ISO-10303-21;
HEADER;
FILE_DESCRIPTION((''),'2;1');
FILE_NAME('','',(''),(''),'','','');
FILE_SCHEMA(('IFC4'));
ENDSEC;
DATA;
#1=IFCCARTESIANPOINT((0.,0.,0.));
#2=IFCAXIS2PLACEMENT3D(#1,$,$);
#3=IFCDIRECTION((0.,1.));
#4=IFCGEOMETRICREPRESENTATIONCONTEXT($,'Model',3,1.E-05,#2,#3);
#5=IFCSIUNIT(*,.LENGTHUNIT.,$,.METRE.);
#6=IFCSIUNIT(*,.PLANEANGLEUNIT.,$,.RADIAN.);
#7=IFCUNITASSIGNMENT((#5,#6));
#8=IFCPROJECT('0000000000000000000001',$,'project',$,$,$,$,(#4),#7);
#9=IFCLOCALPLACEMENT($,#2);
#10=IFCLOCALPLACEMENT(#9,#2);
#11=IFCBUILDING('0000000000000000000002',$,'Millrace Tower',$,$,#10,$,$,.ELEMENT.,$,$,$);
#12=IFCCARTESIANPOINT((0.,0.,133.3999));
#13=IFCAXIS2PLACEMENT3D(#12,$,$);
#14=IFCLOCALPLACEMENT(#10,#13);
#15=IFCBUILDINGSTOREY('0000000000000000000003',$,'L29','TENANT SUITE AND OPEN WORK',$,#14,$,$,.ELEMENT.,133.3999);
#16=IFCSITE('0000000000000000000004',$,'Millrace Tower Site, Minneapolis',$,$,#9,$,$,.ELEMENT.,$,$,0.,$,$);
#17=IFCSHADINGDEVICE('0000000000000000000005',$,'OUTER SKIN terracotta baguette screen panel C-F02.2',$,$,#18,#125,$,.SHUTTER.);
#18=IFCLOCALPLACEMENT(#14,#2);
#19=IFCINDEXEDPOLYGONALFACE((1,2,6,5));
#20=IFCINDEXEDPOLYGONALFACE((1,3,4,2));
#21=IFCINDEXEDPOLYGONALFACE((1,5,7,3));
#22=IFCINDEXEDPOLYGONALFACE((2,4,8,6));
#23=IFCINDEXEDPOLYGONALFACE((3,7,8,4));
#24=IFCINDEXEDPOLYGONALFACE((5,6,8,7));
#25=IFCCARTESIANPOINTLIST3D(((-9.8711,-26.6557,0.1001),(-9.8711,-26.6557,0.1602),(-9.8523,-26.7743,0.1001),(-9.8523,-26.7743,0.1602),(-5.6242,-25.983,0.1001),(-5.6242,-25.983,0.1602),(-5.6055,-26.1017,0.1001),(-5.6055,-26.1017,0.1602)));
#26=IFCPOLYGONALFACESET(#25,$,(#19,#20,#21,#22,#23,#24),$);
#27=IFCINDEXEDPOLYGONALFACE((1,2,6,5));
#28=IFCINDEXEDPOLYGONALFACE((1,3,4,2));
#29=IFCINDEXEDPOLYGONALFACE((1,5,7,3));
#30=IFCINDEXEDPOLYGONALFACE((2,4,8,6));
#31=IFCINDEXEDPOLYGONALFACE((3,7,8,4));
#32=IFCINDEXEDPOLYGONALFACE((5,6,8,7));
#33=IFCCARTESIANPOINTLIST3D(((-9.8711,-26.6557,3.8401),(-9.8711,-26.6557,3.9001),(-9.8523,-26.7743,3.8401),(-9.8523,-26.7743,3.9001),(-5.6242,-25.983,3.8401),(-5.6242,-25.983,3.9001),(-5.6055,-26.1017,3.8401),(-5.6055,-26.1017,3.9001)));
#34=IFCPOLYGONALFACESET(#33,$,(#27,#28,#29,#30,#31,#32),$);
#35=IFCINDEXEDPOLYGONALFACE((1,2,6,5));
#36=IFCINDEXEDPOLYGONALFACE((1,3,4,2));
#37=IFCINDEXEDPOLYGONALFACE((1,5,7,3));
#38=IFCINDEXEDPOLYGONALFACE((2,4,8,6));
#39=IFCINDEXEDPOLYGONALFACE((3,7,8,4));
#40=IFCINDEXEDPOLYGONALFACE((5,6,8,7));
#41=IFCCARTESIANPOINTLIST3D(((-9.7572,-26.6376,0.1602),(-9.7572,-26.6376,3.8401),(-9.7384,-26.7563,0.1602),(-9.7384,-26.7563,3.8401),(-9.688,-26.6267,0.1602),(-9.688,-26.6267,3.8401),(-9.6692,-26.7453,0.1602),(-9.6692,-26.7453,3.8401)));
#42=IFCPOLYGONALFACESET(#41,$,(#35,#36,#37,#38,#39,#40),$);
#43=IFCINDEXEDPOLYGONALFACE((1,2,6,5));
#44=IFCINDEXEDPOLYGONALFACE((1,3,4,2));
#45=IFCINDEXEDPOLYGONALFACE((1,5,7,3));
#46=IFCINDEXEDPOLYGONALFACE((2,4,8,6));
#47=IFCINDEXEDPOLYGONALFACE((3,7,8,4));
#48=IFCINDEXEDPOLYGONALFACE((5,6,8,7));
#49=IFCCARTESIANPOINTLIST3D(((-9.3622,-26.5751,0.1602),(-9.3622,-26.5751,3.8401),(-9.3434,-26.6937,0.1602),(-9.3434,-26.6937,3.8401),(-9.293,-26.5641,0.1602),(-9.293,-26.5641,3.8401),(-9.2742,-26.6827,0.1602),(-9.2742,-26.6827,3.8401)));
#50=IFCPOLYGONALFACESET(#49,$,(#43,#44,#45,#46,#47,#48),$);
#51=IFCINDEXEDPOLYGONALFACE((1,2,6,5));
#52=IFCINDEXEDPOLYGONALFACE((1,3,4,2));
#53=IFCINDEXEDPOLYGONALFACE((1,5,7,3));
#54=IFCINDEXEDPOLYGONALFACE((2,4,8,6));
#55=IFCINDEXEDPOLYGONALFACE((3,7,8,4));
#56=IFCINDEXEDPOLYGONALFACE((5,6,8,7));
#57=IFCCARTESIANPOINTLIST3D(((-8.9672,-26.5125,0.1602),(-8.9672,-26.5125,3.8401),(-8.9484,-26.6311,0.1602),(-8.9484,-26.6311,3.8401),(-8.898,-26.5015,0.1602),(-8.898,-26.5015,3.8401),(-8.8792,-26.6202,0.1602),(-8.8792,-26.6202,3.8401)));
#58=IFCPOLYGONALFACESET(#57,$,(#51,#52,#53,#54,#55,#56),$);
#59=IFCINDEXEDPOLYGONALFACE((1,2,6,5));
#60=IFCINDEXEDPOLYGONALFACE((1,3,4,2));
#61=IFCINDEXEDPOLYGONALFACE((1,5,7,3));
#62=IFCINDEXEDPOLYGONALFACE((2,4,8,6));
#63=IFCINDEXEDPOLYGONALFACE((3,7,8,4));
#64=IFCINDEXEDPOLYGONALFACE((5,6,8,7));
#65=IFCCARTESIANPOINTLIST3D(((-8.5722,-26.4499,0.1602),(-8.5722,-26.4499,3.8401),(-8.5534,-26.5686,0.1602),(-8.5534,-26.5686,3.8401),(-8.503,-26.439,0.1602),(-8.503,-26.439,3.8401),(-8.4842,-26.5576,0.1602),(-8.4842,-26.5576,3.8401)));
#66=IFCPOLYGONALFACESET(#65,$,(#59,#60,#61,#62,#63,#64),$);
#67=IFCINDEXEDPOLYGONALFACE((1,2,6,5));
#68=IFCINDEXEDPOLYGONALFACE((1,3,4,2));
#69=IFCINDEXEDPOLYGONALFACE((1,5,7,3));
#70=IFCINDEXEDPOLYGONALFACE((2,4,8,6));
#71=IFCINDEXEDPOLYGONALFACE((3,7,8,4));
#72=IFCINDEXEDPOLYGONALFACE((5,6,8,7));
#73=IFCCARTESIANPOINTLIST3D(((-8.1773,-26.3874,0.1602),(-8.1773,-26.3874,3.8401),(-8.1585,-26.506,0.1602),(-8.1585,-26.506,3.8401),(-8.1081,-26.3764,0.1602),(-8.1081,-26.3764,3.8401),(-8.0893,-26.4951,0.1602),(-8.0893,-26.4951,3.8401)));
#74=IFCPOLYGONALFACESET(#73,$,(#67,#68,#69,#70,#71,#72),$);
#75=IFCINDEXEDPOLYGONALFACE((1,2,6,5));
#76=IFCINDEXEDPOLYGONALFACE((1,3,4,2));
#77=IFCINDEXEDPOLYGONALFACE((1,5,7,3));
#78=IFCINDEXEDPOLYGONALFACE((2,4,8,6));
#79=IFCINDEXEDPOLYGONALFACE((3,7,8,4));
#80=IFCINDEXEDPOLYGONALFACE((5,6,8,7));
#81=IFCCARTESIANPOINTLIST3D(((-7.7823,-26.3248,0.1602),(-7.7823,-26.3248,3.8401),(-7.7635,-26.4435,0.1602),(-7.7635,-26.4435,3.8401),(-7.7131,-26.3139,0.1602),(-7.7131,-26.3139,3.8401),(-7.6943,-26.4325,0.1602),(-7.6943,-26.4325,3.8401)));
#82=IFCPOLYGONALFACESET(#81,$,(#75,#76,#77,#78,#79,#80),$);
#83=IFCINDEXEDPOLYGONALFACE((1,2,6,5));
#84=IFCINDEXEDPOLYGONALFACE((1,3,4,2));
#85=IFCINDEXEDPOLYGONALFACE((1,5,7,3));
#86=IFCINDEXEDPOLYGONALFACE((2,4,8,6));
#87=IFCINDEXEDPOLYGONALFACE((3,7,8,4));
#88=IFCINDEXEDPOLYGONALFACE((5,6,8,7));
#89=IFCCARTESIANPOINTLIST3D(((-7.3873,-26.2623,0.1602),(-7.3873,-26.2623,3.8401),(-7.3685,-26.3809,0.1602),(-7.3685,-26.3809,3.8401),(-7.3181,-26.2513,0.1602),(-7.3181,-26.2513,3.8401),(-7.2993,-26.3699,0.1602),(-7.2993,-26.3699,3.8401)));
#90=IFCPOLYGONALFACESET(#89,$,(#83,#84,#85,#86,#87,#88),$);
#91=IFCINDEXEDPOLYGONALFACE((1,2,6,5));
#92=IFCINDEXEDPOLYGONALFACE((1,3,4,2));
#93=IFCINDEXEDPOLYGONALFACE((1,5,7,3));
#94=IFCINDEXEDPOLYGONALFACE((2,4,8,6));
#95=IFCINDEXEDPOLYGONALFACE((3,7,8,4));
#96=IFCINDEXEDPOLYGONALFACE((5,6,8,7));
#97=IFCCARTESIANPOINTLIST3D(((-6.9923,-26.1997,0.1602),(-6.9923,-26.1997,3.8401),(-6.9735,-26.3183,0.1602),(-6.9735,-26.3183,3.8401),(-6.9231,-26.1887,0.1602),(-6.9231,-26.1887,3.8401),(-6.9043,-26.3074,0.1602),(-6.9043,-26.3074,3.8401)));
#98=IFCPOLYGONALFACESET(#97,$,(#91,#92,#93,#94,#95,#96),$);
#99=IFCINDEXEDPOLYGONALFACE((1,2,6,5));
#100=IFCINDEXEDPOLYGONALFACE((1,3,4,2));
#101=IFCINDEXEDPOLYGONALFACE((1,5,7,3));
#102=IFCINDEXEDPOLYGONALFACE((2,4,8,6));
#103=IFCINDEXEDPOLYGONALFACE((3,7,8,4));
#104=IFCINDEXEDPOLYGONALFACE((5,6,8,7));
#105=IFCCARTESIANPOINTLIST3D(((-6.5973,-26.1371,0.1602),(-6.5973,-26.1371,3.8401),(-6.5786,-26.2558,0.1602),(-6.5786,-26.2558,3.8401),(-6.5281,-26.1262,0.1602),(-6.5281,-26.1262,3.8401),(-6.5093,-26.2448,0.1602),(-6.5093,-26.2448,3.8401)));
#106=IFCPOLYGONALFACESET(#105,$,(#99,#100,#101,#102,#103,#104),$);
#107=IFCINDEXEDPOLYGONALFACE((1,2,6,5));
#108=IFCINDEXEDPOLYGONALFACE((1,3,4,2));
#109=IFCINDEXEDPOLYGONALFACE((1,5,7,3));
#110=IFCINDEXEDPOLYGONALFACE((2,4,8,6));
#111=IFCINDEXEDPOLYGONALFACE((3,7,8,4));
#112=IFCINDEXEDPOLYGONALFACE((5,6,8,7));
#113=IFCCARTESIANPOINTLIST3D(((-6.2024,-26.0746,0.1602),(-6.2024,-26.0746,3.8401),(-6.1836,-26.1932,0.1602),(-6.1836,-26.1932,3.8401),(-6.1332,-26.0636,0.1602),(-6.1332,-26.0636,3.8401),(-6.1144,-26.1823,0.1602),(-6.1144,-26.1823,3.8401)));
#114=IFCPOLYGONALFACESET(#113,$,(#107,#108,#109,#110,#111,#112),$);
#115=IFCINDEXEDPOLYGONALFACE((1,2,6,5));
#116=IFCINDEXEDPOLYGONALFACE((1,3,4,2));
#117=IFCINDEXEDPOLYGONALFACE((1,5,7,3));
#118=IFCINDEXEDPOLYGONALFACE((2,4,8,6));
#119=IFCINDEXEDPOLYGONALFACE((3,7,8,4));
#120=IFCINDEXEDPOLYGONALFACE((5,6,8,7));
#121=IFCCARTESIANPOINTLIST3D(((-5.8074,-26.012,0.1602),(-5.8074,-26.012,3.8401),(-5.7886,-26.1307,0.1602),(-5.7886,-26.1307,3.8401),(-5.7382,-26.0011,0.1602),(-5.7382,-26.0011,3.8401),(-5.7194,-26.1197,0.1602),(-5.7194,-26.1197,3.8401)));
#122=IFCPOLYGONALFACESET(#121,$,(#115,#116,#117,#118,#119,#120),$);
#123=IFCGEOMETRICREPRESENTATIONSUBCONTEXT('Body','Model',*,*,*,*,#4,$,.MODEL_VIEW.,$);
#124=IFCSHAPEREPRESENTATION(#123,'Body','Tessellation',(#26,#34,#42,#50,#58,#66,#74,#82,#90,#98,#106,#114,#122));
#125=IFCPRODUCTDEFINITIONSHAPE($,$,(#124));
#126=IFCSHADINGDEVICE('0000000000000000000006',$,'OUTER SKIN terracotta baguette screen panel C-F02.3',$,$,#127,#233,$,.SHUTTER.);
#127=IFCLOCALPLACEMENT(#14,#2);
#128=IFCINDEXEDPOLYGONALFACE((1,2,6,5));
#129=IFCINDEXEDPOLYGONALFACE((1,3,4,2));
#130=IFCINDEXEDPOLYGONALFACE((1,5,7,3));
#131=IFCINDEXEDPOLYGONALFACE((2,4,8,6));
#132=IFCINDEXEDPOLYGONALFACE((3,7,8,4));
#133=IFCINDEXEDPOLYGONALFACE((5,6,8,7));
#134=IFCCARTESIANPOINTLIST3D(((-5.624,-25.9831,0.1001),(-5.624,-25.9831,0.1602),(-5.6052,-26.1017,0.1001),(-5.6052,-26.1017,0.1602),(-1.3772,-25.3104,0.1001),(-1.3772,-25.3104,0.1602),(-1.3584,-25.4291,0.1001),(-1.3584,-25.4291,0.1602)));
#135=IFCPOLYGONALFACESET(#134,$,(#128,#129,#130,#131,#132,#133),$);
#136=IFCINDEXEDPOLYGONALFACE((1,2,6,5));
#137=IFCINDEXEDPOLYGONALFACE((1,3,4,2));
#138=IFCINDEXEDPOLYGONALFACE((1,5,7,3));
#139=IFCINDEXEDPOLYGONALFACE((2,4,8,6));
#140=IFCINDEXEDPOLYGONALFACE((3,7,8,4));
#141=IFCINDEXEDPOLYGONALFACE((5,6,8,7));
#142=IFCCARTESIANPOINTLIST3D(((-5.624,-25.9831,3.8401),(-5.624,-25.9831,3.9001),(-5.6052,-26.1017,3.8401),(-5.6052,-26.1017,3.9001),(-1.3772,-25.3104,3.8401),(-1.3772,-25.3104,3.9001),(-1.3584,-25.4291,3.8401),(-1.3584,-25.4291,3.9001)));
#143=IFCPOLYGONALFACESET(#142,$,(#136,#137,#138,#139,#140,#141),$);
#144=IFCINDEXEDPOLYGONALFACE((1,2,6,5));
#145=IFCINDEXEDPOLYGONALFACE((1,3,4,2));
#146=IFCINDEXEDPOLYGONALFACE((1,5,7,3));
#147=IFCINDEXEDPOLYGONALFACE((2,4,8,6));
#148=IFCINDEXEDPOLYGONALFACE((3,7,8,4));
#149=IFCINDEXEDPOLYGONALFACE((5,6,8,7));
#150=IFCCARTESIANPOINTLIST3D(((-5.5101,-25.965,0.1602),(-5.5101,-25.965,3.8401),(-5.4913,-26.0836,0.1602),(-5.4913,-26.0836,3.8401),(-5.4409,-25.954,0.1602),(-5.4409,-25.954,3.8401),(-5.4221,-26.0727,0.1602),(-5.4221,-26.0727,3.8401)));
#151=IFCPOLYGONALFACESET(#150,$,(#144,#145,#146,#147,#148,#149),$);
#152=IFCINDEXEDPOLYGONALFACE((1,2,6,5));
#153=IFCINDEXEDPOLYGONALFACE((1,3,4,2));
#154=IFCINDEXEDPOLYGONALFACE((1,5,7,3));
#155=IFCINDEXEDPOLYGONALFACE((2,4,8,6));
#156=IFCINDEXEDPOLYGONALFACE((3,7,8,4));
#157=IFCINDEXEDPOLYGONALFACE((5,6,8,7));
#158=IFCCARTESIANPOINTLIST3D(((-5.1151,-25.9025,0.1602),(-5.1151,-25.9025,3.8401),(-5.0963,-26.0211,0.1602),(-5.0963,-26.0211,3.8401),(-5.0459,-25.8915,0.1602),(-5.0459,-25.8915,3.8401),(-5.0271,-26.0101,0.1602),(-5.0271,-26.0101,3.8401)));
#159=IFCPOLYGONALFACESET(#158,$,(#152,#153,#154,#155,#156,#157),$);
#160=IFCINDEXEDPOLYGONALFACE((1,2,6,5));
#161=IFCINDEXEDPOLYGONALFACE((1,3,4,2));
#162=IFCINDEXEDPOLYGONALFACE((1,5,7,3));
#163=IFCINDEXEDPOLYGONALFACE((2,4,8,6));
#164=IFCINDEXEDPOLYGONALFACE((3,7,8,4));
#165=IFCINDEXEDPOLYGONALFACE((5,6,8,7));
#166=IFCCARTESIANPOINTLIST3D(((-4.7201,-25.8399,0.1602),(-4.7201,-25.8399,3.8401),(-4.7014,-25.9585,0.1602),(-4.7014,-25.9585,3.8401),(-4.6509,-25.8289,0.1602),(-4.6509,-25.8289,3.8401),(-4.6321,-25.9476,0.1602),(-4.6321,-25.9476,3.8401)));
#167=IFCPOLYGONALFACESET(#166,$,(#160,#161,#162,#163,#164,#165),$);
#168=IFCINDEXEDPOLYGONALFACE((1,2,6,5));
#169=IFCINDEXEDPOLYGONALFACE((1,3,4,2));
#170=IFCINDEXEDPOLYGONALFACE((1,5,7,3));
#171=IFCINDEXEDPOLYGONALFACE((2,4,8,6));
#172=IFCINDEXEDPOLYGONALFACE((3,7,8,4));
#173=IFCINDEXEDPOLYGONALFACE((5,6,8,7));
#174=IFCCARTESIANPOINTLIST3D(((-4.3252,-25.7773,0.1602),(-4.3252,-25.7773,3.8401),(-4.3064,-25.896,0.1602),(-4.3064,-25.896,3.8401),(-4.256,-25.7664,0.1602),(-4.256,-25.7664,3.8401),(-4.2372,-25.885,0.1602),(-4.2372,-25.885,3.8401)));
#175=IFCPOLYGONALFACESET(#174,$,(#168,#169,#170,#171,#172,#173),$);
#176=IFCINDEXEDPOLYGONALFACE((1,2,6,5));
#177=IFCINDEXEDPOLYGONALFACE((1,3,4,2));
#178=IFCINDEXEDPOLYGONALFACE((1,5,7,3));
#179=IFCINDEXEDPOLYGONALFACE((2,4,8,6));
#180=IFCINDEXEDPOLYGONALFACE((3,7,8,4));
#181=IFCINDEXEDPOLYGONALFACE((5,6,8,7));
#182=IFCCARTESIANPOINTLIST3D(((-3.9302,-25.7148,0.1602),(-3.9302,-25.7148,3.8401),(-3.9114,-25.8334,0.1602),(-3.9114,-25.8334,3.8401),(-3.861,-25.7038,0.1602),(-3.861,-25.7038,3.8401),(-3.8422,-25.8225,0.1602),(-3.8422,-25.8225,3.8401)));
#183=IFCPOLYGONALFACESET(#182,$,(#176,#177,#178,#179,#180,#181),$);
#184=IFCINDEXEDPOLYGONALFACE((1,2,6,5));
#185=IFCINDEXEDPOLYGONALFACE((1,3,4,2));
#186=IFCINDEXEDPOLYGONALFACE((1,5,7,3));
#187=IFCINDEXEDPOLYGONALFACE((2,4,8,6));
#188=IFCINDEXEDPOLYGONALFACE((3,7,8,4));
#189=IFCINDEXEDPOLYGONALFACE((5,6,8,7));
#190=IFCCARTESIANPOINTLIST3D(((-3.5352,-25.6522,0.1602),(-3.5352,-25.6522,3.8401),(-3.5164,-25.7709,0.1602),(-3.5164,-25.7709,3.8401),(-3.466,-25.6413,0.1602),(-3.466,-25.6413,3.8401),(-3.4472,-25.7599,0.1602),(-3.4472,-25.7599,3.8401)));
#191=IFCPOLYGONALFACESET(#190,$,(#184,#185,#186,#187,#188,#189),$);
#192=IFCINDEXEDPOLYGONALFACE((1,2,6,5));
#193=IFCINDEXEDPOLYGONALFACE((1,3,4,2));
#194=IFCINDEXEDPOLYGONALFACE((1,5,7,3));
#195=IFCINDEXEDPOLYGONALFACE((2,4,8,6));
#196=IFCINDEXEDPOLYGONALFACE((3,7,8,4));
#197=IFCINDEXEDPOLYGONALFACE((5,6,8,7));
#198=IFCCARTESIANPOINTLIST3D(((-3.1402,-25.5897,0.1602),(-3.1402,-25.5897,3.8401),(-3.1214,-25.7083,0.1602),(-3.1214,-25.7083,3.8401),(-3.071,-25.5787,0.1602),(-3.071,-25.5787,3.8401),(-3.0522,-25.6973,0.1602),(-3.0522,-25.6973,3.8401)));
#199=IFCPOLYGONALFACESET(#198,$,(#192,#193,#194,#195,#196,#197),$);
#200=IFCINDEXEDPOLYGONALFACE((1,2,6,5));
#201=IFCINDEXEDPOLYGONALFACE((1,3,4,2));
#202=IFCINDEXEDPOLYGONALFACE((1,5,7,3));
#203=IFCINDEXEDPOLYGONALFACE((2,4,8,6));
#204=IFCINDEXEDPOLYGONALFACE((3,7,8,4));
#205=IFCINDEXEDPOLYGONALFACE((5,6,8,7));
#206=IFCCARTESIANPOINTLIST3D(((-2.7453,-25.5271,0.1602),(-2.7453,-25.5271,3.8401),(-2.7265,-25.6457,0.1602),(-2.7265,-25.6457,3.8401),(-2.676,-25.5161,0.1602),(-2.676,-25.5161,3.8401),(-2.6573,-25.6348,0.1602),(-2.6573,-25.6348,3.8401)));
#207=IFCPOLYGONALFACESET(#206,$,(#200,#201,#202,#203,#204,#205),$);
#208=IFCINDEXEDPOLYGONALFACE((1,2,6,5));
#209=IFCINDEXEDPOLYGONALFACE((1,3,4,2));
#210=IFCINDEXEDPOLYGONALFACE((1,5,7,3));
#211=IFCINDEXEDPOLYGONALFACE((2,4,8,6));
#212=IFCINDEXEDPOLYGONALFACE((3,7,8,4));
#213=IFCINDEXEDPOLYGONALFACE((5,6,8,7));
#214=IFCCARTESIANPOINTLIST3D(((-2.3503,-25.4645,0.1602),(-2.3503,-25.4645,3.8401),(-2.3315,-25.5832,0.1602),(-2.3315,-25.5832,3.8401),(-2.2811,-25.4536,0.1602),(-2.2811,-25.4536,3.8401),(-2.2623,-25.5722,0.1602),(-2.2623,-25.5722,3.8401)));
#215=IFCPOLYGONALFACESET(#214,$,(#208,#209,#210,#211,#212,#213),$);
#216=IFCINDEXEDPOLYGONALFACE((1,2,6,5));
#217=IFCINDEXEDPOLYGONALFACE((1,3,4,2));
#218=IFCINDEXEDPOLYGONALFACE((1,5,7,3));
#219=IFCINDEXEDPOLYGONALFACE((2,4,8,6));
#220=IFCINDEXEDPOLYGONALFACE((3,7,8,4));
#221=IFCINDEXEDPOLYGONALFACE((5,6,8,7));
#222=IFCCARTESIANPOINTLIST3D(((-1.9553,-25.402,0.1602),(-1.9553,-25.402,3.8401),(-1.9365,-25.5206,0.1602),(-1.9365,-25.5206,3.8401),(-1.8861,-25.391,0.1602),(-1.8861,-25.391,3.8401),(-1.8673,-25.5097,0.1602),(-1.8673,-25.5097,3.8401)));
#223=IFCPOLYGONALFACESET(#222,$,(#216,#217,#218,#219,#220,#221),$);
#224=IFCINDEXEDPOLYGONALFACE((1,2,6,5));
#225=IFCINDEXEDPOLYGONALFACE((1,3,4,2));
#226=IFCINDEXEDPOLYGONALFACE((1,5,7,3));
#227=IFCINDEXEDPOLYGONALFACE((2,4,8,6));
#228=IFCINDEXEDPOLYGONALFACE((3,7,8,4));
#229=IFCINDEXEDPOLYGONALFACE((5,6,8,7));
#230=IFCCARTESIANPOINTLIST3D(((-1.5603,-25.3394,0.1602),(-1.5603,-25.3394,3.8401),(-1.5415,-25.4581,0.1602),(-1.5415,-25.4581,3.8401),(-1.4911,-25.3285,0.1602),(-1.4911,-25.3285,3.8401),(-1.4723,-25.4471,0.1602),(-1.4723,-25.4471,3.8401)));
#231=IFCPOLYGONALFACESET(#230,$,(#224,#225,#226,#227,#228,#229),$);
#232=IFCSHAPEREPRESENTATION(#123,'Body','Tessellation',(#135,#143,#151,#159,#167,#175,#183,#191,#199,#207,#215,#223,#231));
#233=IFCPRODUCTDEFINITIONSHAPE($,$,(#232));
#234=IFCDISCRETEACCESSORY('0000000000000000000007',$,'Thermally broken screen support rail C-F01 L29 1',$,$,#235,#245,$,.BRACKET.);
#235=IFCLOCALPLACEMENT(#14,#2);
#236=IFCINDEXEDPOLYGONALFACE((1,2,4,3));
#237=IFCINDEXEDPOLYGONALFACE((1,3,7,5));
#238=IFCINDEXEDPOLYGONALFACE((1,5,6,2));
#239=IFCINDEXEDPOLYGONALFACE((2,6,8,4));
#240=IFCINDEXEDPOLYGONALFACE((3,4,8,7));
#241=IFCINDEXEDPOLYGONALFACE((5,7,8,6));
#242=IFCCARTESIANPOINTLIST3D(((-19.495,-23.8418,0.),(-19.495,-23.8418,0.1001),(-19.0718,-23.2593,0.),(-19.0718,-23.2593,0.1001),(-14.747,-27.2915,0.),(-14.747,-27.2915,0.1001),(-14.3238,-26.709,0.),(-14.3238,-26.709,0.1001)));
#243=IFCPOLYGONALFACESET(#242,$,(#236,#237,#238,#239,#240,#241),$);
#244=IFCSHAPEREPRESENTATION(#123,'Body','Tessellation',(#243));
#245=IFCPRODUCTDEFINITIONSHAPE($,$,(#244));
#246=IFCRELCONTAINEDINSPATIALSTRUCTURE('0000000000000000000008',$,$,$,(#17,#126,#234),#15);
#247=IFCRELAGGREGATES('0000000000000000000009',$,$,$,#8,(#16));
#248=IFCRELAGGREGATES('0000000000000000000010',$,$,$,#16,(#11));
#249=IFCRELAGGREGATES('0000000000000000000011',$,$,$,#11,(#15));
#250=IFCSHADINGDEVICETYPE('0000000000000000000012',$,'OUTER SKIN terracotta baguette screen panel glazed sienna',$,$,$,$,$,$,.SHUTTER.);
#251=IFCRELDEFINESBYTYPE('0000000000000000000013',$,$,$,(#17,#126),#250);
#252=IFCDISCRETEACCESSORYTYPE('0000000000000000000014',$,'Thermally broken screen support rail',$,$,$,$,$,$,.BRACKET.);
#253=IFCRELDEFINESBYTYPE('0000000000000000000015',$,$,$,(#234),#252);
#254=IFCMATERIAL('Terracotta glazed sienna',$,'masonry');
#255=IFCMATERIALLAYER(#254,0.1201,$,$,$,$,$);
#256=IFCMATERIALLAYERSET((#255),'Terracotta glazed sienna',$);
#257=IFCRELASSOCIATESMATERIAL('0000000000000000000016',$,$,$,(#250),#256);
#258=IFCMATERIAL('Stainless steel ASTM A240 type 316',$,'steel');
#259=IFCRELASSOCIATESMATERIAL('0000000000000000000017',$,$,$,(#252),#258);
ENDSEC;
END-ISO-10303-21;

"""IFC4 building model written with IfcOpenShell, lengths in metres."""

from ifc_helpers import new_model, entity, si_unit, direction, frame, frame_2d, origin, origin_2d, place, context, subcontext, project, spatial, rectangle, extrude, source, transform, mapped, material, layer, layer_set, type_object, element, save


model = new_model("IFC4")

# Units and contexts
model_context = context("Model", 3, precision=1e-05, world=origin(), true_north=direction((0.0, 1.0)))
body_context = subcontext(model_context, "Body", "Model", "MODEL_VIEW")
ifc_project = project(units=[si_unit("LENGTHUNIT", "METRE"), si_unit("PLANEANGLEUNIT", "RADIAN")], contexts=[model_context])

# Site, building, storey
site_placement = place(None, origin())
site = spatial("IfcSite", under=ifc_project, at=site_placement, Name="Millrace Tower Site, Minneapolis", CompositionType="ELEMENT", RefElevation=0.0)
building_placement = place(site_placement, origin())
building = spatial("IfcBuilding", under=site, at=building_placement, Name="Millrace Tower", CompositionType="ELEMENT")
storey_placement = place(building_placement, frame((0.0, 0.0, 133.3999)))
storey = spatial("IfcBuildingStorey", under=building, at=storey_placement, Name="L29", Description="TENANT SUITE AND OPEN WORK", CompositionType="ELEMENT", Elevation=133.3999)

# Shading devices
ifc_material_1 = material(Name="Terracotta glazed sienna", Category="masonry")
ifc_layer_1 = layer(ifc_material_1, 0.1201)
ifc_layer_set_1 = layer_set([ifc_layer_1], Name="Terracotta glazed sienna")
shading_device_type = type_object("IfcShadingDeviceType", Name="OUTER SKIN terracotta baguette screen panel glazed sienna", PredefinedType="SHUTTER", material=ifc_layer_set_1)
cartesian_point_1 = entity("IfcCartesianPoint", [-2.1499, 0.0601])
shared_polyline_1 = entity("IfcPolyline", [cartesian_point_1, entity("IfcCartesianPoint", [2.1499, 0.0601]), entity("IfcCartesianPoint", [2.1499, -0.0601]), entity("IfcCartesianPoint", [-2.1499, -0.0601]), cartesian_point_1])
shared_shape_1 = source(origin(), body_context, "Body", "SweptSolid", [
    entity("IfcExtrudedAreaSolid", entity("IfcArbitraryClosedProfileDef", "AREA", None, shared_polyline_1), entity("IfcAxis2Placement3D", entity("IfcCartesianPoint", [0.0, 0.0, 0.0])), entity("IfcDirection", [0.0, 0.0, 1.0]), 0.0601),
    entity("IfcExtrudedAreaSolid", entity("IfcArbitraryClosedProfileDef", "AREA", None, shared_polyline_1), entity("IfcAxis2Placement3D", entity("IfcCartesianPoint", [0.0, 0.0, 3.74])), entity("IfcDirection", [0.0, 0.0, 1.0]), 0.0601),
    extrude(rectangle(XDim=0.0701, YDim=0.1201, at=frame_2d((-1.9995, 0.0))), frame((0.0, 0.0, 0.0601)), (0.0, 0.0, 1.0), 3.6799),
    extrude(rectangle(XDim=0.0701, YDim=0.1201, at=frame_2d((-1.5996, 0.0))), frame((0.0, 0.0, 0.0601)), (0.0, 0.0, 1.0), 3.6799),
    extrude(rectangle(XDim=0.0701, YDim=0.1201, at=frame_2d((-1.1997, 0.0))), frame((0.0, 0.0, 0.0601)), (0.0, 0.0, 1.0), 3.6799),
    extrude(rectangle(XDim=0.0701, YDim=0.1201, at=frame_2d((-0.7998, 0.0))), frame((0.0, 0.0, 0.0601)), (0.0, 0.0, 1.0), 3.6799),
    extrude(rectangle(XDim=0.0701, YDim=0.1201, at=frame_2d((-0.3999, 0.0))), frame((0.0, 0.0, 0.0601)), (0.0, 0.0, 1.0), 3.6799),
    extrude(rectangle(XDim=0.0701, YDim=0.1201, at=origin_2d()), frame((0.0, 0.0, 0.0601)), (0.0, 0.0, 1.0), 3.6799),
    extrude(rectangle(XDim=0.0701, YDim=0.1201, at=frame_2d((0.3999, 0.0))), frame((0.0, 0.0, 0.0601)), (0.0, 0.0, 1.0), 3.6799),
    extrude(rectangle(XDim=0.0701, YDim=0.1201, at=frame_2d((0.7998, 0.0))), frame((0.0, 0.0, 0.0601)), (0.0, 0.0, 1.0), 3.6799),
    extrude(rectangle(XDim=0.0701, YDim=0.1201, at=frame_2d((1.1997, 0.0))), frame((0.0, 0.0, 0.0601)), (0.0, 0.0, 1.0), 3.6799),
    extrude(rectangle(XDim=0.0701, YDim=0.1201, at=frame_2d((1.5996, 0.0))), frame((0.0, 0.0, 0.0601)), (0.0, 0.0, 1.0), 3.6799),
    extrude(rectangle(XDim=0.0701, YDim=0.1201, at=frame_2d((1.9995, 0.0))), frame((0.0, 0.0, 0.0601)), (0.0, 0.0, 1.0), 3.6799),
])
for number, where, z_axis, x_axis, name in (
    (1, (-7.7383, -26.3787, 0.1001), (0.0, 0.0, 1.0), (0.987688, 0.156434, 0.0), "OUTER SKIN terracotta baguette screen panel C-F02.2"),
    (2, (-3.4912, -25.7061, 0.1001), (0.0, 0.0, 1.0), (0.987688, 0.156434, 0.0), "OUTER SKIN terracotta baguette screen panel C-F02.3"),
):
    element("IfcShadingDevice", number, at=place(storey_placement, frame(where, z_axis=z_axis, x_axis=x_axis)), inside=storey, type_object=shading_device_type, Name=name, PredefinedType="SHUTTER", context=body_context, shape_type="MappedRepresentation", body=[
        mapped(shared_shape_1, transform((0.0, 0.0, 0.0), scale=1.0)),
    ])

# Discrete accessory
ifc_material_2 = material(Name="Stainless steel ASTM A240 type 316", Category="steel")
discrete_accessory_type = type_object("IfcDiscreteAccessoryType", Name="Thermally broken screen support rail", PredefinedType="BRACKET", material=ifc_material_2)
discrete_accessory_placement = place(storey_placement, frame((-16.9094, -25.2754, 0.0), z_axis=(0.0, 0.0, 1.0), x_axis=(0.809017, -0.587785, 0.0)))
element("IfcDiscreteAccessory", 3, at=discrete_accessory_placement, inside=storey, type_object=discrete_accessory_type, Name="Thermally broken screen support rail C-F01 L29 1", PredefinedType="BRACKET", context=body_context, shape_type="SweptSolid", body=[
    extrude(rectangle(XDim=5.8689, YDim=0.72, at=origin_2d()), origin(), (0.0, 0.0, 1.0), 0.1001),
])

save(model, "model.ifc")
